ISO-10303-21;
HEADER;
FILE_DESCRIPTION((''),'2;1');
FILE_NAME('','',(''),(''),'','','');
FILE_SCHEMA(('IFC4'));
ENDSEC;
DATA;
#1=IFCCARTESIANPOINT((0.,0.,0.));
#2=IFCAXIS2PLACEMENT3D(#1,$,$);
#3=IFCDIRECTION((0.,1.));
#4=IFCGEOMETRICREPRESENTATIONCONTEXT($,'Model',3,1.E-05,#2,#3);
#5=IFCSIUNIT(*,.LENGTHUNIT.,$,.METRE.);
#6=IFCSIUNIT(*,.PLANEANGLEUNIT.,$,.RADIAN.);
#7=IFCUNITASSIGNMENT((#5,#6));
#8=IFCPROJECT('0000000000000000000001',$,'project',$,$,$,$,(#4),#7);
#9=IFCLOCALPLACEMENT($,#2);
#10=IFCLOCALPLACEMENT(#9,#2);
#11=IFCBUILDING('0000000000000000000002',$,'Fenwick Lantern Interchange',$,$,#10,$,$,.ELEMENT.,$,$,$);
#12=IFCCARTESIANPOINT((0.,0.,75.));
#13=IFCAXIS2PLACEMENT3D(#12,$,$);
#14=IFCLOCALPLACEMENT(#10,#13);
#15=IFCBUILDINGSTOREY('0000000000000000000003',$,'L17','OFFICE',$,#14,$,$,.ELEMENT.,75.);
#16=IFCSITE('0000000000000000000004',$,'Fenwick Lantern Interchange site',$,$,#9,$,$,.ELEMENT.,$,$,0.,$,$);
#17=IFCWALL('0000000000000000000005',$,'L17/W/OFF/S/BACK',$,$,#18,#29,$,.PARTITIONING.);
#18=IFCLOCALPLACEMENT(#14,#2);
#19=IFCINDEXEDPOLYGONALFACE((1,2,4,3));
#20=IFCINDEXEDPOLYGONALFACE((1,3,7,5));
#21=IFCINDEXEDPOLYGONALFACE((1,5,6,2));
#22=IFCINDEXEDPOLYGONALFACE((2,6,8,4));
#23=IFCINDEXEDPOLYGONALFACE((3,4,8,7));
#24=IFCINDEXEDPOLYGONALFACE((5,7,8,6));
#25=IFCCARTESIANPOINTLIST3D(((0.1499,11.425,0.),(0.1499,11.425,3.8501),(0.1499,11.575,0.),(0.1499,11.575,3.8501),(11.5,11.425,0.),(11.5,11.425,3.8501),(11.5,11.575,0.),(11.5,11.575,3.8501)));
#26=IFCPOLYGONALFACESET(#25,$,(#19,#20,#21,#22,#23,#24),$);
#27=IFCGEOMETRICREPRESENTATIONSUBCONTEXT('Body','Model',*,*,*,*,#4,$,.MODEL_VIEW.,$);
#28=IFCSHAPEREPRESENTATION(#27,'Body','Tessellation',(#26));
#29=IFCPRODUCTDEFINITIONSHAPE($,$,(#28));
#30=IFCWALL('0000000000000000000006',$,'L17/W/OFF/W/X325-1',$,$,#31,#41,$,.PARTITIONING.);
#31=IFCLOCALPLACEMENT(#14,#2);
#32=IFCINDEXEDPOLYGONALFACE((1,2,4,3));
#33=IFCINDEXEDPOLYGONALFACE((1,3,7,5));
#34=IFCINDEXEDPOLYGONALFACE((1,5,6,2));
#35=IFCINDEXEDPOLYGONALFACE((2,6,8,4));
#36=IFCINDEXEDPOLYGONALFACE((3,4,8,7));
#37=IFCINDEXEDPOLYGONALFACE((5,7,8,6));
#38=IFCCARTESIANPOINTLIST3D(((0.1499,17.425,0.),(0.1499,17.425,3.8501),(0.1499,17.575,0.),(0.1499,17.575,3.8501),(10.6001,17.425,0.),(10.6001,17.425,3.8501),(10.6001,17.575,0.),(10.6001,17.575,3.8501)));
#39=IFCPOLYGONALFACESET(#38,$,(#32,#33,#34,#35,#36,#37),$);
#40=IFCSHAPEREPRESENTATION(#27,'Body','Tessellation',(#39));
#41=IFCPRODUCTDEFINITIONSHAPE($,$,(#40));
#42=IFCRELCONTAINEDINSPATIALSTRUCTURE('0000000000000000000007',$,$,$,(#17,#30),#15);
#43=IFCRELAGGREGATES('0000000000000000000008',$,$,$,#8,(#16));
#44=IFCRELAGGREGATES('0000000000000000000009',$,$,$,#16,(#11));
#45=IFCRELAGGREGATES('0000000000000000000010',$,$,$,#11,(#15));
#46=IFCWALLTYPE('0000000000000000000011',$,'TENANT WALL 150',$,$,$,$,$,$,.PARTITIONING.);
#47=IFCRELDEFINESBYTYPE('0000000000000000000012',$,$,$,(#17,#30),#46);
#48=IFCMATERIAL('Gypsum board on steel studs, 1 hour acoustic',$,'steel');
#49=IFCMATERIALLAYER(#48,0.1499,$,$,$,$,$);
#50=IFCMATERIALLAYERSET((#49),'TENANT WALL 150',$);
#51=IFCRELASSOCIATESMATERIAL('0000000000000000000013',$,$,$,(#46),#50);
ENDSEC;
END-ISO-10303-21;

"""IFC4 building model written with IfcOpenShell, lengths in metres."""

from ifc_helpers import new_model, si_unit, direction, frame, frame_2d, origin, place, context, subcontext, project, spatial, rectangle, extrude, material, layer, layer_set, type_object, element, save


model = new_model("IFC4")

# Units and contexts
model_context = context("Model", 3, precision=1e-05, world=origin(), true_north=direction((0.0, 1.0)))
body_context = subcontext(model_context, "Body", "Model", "MODEL_VIEW")
ifc_project = project(units=[si_unit("LENGTHUNIT", "METRE"), si_unit("PLANEANGLEUNIT", "RADIAN")], contexts=[model_context])

# Site, building, storey
site_placement = place(None, origin())
site = spatial("IfcSite", under=ifc_project, at=site_placement, Name="Fenwick Lantern Interchange site", CompositionType="ELEMENT", RefElevation=0.0)
building_placement = place(site_placement, origin())
building = spatial("IfcBuilding", under=site, at=building_placement, Name="Fenwick Lantern Interchange", CompositionType="ELEMENT")
storey_placement = place(building_placement, frame((0.0, 0.0, 75.0)))
storey = spatial("IfcBuildingStorey", under=building, at=storey_placement, Name="L17", Description="OFFICE", CompositionType="ELEMENT", Elevation=75.0)

# Walls
ifc_material_1 = material(Name="Gypsum board on steel studs, 1 hour acoustic", Category="steel")
ifc_layer = layer(ifc_material_1, 0.1499)
ifc_layer_set = layer_set([ifc_layer], Name="TENANT WALL 150")
wall_type = type_object("IfcWallType", Name="TENANT WALL 150", PredefinedType="PARTITIONING", material=ifc_layer_set)
wall_1_placement = place(storey_placement, frame((0.1499, 11.5, 0.0), z_axis=(0.0, 0.0, 1.0), x_axis=(1.0, 0.0, 0.0)))
element("IfcWall", 1, at=wall_1_placement, inside=storey, type_object=wall_type, Name="L17/W/OFF/S/BACK", PredefinedType="PARTITIONING", context=body_context, shape_type="SweptSolid", body=[
    extrude(rectangle(XDim=11.3501, YDim=0.1499, at=frame_2d((5.675, 0.0))), origin(), (0.0, 0.0, 1.0), 3.8501),
])
wall_2_placement = place(storey_placement, frame((0.1499, 17.5, 0.0), z_axis=(0.0, 0.0, 1.0), x_axis=(1.0, 0.0, 0.0)))
element("IfcWall", 2, at=wall_2_placement, inside=storey, type_object=wall_type, Name="L17/W/OFF/W/X325-1", PredefinedType="PARTITIONING", context=body_context, shape_type="SweptSolid", body=[
    extrude(rectangle(XDim=10.4502, YDim=0.1499, at=frame_2d((5.2251, 0.0))), origin(), (0.0, 0.0, 1.0), 3.8501),
])

save(model, "model.ifc")
